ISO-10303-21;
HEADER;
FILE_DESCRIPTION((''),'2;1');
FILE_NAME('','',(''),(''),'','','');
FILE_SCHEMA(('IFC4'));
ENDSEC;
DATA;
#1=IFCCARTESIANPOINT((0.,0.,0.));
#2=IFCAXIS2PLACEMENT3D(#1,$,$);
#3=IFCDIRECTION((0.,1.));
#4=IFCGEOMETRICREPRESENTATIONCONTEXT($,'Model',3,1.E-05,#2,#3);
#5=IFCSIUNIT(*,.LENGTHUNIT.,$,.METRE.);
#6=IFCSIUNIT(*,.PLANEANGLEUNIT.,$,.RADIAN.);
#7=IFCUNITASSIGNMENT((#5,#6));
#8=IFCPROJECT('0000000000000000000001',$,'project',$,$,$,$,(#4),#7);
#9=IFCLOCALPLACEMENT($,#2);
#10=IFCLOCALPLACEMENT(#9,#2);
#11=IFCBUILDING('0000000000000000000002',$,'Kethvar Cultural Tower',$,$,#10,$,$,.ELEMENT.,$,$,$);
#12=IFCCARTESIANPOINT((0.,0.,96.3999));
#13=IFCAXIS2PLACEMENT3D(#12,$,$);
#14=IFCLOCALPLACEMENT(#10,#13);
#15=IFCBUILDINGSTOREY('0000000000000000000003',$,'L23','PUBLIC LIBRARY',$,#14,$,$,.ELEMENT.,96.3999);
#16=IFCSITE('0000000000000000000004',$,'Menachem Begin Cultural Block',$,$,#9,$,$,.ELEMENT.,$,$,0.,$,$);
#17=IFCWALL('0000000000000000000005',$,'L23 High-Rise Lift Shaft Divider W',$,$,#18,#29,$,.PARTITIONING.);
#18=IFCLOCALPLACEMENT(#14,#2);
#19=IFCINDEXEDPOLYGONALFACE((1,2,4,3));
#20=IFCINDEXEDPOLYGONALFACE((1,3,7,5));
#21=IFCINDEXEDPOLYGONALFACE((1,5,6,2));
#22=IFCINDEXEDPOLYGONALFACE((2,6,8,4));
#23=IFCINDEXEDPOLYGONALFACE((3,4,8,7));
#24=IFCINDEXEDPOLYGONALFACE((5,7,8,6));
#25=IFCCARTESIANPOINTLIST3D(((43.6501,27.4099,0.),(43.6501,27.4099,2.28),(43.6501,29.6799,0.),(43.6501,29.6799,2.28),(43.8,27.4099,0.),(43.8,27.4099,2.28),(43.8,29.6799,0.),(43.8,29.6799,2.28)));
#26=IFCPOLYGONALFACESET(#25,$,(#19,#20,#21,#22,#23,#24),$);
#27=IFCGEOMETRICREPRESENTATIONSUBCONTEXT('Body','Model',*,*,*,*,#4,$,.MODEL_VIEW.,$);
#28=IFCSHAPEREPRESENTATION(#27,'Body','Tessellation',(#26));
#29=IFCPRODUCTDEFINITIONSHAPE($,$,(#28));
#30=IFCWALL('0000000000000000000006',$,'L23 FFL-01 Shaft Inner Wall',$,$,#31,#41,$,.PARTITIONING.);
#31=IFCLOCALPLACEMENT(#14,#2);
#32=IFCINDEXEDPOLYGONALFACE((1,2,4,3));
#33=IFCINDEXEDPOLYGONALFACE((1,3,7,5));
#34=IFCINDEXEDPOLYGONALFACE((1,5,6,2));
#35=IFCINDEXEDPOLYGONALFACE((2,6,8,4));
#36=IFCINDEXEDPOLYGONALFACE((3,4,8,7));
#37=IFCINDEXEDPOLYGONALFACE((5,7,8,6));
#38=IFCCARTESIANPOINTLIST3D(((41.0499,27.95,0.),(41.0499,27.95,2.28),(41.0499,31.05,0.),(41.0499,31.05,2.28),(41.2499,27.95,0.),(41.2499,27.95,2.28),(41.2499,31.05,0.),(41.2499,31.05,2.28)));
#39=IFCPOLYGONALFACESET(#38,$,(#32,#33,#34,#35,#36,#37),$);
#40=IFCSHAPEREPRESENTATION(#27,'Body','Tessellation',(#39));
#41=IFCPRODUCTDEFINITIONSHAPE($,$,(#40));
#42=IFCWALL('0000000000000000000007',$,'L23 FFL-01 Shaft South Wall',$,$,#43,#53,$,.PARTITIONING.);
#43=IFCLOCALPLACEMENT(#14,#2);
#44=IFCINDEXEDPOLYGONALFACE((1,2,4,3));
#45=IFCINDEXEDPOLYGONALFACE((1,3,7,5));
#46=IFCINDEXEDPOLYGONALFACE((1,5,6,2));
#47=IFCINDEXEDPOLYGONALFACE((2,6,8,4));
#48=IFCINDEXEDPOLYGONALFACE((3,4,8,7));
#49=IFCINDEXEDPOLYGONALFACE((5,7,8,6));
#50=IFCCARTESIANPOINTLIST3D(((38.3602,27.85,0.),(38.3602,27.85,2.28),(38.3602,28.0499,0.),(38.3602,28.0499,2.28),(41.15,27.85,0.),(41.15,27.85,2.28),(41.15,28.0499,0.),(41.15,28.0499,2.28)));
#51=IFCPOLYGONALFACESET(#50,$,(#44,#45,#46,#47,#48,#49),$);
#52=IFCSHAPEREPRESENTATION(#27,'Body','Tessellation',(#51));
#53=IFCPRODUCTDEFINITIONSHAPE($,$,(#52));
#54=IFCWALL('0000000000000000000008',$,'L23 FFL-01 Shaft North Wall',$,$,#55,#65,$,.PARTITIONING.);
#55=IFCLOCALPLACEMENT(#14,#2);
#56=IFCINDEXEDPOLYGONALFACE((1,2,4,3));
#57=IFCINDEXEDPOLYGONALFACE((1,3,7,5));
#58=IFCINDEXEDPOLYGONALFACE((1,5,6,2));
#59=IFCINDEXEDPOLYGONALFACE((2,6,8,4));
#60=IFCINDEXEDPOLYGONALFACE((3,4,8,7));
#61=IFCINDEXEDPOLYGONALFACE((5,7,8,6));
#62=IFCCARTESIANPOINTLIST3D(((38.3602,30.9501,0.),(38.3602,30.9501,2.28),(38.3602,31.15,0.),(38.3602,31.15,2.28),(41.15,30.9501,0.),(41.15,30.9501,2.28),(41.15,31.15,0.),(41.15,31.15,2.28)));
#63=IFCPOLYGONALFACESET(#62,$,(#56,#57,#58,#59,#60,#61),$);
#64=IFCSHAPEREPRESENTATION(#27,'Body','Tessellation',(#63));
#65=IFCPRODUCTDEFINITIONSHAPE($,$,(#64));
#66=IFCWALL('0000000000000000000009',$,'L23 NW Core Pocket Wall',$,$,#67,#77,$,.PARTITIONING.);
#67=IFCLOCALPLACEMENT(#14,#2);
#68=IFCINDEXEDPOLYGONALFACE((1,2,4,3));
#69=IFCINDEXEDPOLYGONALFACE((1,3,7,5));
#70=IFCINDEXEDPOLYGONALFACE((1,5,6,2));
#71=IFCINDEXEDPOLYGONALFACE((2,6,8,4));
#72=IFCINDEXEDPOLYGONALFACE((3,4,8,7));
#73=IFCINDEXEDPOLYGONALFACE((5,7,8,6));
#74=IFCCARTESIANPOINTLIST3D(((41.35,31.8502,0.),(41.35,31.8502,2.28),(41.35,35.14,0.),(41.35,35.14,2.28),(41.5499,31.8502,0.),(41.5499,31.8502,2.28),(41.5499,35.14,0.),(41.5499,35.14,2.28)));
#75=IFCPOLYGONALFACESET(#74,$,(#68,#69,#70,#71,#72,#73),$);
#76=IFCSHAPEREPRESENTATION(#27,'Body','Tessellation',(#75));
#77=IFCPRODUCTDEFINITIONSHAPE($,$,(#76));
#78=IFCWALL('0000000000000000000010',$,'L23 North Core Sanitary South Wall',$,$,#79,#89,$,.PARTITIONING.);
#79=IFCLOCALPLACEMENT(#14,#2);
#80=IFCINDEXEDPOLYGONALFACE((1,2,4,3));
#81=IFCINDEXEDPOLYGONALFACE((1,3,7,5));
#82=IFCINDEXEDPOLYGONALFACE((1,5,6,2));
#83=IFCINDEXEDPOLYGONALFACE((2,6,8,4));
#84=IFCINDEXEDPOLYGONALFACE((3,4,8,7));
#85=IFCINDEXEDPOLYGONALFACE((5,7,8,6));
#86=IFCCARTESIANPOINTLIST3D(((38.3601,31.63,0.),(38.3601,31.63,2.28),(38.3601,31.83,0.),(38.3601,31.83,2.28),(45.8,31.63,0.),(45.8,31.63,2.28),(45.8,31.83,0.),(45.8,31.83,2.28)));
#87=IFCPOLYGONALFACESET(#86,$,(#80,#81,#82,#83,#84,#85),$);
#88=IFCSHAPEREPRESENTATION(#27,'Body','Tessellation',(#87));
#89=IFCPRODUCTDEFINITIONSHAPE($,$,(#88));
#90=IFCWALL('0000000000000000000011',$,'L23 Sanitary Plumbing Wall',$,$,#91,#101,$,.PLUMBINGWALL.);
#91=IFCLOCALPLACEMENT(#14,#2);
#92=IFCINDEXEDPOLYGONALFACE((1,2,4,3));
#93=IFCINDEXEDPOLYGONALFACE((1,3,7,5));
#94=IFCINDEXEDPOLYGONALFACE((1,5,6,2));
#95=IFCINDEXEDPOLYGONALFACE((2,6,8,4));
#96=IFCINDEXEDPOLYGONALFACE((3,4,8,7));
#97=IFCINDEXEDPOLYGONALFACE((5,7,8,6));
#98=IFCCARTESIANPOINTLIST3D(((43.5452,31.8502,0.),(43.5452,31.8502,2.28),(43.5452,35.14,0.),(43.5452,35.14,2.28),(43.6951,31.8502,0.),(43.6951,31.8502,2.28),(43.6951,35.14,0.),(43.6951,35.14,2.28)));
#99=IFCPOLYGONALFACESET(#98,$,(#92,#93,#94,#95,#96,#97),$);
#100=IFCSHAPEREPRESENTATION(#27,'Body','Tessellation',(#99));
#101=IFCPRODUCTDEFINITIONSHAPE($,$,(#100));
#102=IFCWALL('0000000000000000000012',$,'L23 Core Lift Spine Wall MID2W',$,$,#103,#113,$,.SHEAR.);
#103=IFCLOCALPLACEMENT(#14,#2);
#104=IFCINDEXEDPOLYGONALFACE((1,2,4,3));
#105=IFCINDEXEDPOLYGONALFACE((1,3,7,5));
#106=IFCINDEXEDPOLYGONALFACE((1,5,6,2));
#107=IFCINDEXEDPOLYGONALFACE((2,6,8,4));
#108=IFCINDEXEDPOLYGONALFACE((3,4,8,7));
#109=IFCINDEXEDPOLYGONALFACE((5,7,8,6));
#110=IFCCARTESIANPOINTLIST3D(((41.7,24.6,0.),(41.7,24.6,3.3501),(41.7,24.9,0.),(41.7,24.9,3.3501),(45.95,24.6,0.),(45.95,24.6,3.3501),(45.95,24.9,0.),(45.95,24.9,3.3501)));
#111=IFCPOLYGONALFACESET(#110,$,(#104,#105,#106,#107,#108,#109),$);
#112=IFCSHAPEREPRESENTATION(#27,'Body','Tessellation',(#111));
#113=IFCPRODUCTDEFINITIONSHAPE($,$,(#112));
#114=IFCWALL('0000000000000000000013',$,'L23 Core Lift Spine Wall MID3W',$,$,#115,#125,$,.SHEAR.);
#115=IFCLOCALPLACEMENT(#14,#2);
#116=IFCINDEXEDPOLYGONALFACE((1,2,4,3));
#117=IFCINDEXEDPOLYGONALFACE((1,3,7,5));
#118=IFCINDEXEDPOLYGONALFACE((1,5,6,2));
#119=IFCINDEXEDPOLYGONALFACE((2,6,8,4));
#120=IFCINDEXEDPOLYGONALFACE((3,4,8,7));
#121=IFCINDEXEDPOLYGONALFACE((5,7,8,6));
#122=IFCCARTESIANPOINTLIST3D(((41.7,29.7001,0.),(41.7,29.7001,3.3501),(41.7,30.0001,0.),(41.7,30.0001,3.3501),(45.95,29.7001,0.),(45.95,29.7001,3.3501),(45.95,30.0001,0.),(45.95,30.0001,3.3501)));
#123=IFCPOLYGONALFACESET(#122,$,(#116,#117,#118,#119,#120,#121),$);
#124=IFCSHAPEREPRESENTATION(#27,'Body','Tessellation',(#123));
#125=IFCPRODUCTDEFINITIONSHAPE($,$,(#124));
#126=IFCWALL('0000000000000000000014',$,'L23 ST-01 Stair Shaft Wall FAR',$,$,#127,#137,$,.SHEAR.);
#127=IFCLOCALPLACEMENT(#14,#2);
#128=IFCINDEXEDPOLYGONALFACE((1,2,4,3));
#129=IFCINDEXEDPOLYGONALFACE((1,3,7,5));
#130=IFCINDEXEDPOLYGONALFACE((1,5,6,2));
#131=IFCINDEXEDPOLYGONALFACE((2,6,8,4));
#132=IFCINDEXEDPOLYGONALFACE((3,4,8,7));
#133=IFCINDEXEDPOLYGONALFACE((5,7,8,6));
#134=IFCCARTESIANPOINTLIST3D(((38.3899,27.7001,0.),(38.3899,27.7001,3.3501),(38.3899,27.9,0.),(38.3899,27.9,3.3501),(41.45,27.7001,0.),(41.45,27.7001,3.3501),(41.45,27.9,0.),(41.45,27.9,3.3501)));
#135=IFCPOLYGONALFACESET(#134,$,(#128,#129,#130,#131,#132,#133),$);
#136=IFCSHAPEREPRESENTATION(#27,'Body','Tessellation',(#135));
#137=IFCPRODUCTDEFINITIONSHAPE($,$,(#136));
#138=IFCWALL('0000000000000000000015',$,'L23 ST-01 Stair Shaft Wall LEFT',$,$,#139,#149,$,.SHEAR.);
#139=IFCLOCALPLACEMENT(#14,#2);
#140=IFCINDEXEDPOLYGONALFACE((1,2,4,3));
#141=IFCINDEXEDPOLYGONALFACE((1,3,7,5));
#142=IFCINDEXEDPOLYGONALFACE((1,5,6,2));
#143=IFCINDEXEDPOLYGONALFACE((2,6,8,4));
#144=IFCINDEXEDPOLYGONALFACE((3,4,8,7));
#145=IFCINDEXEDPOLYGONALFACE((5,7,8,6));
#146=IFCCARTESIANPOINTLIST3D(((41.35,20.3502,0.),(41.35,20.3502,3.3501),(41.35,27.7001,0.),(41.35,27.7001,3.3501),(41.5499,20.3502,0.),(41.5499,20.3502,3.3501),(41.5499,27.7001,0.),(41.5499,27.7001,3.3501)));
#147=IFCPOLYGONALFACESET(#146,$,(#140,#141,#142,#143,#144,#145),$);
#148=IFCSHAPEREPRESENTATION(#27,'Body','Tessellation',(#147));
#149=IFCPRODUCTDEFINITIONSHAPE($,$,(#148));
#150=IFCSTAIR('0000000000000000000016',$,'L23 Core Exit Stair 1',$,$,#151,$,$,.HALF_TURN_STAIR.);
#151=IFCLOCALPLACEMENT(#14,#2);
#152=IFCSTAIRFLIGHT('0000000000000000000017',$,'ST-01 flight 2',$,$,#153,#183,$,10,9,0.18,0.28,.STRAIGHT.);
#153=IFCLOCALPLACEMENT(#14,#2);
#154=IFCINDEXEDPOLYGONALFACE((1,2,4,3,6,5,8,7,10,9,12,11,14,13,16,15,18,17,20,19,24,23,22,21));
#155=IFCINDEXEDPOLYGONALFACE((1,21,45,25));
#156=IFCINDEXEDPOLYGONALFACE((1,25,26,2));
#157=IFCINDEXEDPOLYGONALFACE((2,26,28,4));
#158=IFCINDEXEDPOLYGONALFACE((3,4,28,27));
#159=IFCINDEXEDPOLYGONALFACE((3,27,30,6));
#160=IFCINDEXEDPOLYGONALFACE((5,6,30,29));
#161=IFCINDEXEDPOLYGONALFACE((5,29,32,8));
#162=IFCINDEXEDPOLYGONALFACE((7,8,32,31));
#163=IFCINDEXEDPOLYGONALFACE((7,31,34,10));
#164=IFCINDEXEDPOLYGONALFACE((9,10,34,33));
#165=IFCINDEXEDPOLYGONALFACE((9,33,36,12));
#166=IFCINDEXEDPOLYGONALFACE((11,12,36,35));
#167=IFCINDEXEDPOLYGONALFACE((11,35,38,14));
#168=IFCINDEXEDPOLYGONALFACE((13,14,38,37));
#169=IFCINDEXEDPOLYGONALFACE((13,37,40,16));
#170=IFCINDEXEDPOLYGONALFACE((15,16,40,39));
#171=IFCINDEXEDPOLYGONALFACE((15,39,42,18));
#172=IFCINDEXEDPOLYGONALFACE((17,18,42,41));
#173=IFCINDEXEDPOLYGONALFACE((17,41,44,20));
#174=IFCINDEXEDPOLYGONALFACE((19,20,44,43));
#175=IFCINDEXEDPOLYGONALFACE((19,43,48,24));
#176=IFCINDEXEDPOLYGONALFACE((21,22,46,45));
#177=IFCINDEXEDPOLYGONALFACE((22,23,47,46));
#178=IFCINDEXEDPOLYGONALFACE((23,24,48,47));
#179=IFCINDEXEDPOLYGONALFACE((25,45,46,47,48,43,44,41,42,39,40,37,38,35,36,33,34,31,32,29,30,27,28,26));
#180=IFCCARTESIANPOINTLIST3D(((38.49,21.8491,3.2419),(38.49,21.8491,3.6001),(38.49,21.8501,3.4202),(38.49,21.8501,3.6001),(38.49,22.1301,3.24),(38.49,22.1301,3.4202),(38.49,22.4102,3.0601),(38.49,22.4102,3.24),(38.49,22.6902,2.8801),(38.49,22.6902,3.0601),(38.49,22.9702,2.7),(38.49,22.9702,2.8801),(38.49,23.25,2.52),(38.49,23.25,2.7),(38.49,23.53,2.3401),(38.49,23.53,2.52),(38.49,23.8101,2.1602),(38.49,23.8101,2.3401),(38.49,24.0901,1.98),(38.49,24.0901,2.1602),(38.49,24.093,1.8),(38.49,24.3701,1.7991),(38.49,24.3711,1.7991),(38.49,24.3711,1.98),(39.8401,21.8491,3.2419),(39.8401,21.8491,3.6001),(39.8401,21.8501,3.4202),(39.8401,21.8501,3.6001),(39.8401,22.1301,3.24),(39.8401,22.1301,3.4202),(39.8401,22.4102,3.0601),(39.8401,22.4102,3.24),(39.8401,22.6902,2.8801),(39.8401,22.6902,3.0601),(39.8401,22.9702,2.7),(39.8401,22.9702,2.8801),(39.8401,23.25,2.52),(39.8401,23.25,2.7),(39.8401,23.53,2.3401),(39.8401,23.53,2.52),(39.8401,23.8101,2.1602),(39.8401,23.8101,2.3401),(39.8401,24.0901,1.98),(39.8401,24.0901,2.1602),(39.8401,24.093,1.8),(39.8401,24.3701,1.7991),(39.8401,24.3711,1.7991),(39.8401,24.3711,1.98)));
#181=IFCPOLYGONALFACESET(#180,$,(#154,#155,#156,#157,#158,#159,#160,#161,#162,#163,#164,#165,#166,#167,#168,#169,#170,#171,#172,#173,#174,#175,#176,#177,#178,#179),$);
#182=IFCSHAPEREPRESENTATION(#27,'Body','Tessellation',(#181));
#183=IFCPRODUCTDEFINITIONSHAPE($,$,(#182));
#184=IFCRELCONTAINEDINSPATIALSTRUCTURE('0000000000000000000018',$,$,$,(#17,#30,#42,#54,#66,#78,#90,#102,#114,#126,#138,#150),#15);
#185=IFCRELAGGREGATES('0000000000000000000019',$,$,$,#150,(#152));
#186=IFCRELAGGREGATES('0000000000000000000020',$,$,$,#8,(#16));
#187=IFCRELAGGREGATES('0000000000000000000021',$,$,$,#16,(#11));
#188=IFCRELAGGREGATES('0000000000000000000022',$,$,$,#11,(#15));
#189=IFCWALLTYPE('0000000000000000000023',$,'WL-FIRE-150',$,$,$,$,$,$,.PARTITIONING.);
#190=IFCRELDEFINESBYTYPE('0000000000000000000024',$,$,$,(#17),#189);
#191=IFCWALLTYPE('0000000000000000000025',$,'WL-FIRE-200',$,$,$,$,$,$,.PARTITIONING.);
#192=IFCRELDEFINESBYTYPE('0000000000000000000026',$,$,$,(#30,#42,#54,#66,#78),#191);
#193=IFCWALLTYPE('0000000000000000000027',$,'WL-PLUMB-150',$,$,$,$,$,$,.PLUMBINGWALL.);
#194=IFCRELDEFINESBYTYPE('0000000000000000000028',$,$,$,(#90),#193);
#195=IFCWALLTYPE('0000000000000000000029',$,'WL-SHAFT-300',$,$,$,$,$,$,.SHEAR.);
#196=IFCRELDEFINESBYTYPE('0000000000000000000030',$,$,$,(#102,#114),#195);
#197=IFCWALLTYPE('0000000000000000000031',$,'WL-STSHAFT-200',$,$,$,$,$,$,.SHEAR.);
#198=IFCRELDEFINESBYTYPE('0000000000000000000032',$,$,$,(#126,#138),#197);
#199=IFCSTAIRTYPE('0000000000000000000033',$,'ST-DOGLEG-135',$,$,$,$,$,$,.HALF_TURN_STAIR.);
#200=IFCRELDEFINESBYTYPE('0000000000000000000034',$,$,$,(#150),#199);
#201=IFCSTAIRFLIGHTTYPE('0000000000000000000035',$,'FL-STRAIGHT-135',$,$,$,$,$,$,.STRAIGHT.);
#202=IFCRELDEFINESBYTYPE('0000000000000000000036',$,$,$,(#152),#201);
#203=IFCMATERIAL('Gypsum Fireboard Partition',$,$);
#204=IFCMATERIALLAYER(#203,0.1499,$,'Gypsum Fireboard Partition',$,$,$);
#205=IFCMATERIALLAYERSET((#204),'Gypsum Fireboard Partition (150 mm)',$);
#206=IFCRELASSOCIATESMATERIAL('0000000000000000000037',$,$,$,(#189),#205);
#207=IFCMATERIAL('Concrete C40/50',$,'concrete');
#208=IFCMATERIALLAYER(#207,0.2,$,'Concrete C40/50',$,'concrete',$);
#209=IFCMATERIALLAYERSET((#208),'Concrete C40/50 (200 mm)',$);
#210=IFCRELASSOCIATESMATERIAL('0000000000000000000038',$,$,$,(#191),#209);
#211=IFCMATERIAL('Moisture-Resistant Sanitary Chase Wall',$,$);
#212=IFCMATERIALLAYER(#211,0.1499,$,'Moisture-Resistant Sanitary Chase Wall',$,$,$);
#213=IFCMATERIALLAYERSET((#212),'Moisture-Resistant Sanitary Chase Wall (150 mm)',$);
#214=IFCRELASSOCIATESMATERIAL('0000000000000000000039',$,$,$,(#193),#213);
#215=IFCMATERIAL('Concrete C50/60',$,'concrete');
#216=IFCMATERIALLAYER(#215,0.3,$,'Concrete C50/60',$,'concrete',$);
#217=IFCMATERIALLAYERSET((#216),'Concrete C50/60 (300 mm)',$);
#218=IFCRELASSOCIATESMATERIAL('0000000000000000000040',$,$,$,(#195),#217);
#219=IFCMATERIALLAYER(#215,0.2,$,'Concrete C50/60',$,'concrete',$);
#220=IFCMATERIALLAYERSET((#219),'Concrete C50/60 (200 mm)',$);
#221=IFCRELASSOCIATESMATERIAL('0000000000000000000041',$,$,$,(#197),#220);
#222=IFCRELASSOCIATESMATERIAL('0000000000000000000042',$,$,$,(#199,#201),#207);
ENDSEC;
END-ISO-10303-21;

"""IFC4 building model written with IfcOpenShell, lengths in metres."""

from ifc_helpers import new_model, si_unit, direction, frame, frame_2d, origin, place, context, subcontext, project, spatial, polyline, rectangle, outline, extrude, material, layer, layer_set, type_object, element, aggregate, save


model = new_model("IFC4")

# Units and contexts
model_context = context("Model", 3, precision=1e-05, world=origin(), true_north=direction((0.0, 1.0)))
body_context = subcontext(model_context, "Body", "Model", "MODEL_VIEW")
ifc_project = project(units=[si_unit("LENGTHUNIT", "METRE"), si_unit("PLANEANGLEUNIT", "RADIAN")], contexts=[model_context])

# Site, building, storey
site_placement = place(None, origin())
site = spatial("IfcSite", under=ifc_project, at=site_placement, Name="Menachem Begin Cultural Block", CompositionType="ELEMENT", RefElevation=0.0)
building_placement = place(site_placement, origin())
building = spatial("IfcBuilding", under=site, at=building_placement, Name="Kethvar Cultural Tower", CompositionType="ELEMENT")
storey_placement = place(building_placement, frame((0.0, 0.0, 96.3999)))
storey = spatial("IfcBuildingStorey", under=building, at=storey_placement, Name="L23", Description="PUBLIC LIBRARY", CompositionType="ELEMENT", Elevation=96.3999)

# Walls
ifc_material_1 = material(Name="Gypsum Fireboard Partition")
ifc_layer_1 = layer(ifc_material_1, 0.1499, Name="Gypsum Fireboard Partition")
ifc_layer_set_1 = layer_set([ifc_layer_1], Name="Gypsum Fireboard Partition (150 mm)")
wall_type_1 = type_object("IfcWallType", Name="WL-FIRE-150", PredefinedType="PARTITIONING", material=ifc_layer_set_1)
for number, where, z_axis, x_axis, name in (
    (1, (43.7251, 27.4099, 0.0), (0.0, 0.0, 1.0), (0.0, 1.0, 0.0), "L23 High-Rise Lift Shaft Divider W"),
):
    element("IfcWall", number, at=place(storey_placement, frame(where, z_axis=z_axis, x_axis=x_axis)), inside=storey, type_object=wall_type_1, Name=name, PredefinedType="PARTITIONING", context=body_context, shape_type="SweptSolid", body=[
        extrude(rectangle(XDim=2.27, YDim=0.1499, at=frame_2d((1.135, 0.0))), origin(), (0.0, 0.0, 1.0), 2.28),
    ])
ifc_material_2 = material(Name="Concrete C40/50", Category="concrete")
ifc_layer_2 = layer(ifc_material_2, 0.2, Name="Concrete C40/50", Category="concrete")
ifc_layer_set_2 = layer_set([ifc_layer_2], Name="Concrete C40/50 (200 mm)")
wall_type_2 = type_object("IfcWallType", Name="WL-FIRE-200", PredefinedType="PARTITIONING", material=ifc_layer_set_2)
wall_1_placement = place(storey_placement, frame((41.1499, 27.95, 0.0), z_axis=(0.0, 0.0, 1.0), x_axis=(0.0, 1.0, 0.0)))
element("IfcWall", 2, at=wall_1_placement, inside=storey, type_object=wall_type_2, Name="L23 FFL-01 Shaft Inner Wall", PredefinedType="PARTITIONING", context=body_context, shape_type="SweptSolid", body=[
    extrude(rectangle(XDim=3.1001, YDim=0.2, at=frame_2d((1.55, 0.0))), origin(), (0.0, 0.0, 1.0), 2.28),
])
for number, where, z_axis, x_axis, name in (
    (3, (38.3601, 27.95, 0.0), (0.0, 0.0, 1.0), (1.0, 0.0, 0.0), "L23 FFL-01 Shaft South Wall"),
    (4, (38.3601, 31.05, 0.0), (0.0, 0.0, 1.0), (1.0, 0.0, 0.0), "L23 FFL-01 Shaft North Wall"),
):
    element("IfcWall", number, at=place(storey_placement, frame(where, z_axis=z_axis, x_axis=x_axis)), inside=storey, type_object=wall_type_2, Name=name, PredefinedType="PARTITIONING", context=body_context, shape_type="SweptSolid", body=[
        extrude(rectangle(XDim=2.7898, YDim=0.2, at=frame_2d((1.395, 0.0))), origin(), (0.0, 0.0, 1.0), 2.28),
    ])
wall_2_placement = place(storey_placement, frame((41.45, 31.8501, 0.0), z_axis=(0.0, 0.0, 1.0), x_axis=(0.0, 1.0, 0.0)))
element("IfcWall", 5, at=wall_2_placement, inside=storey, type_object=wall_type_2, Name="L23 NW Core Pocket Wall", PredefinedType="PARTITIONING", context=body_context, shape_type="SweptSolid", body=[
    extrude(rectangle(XDim=3.2898, YDim=0.2, at=frame_2d((1.645, 0.0))), origin(), (0.0, 0.0, 1.0), 2.28),
])
wall_3_placement = place(storey_placement, frame((38.3601, 31.73, 0.0), z_axis=(0.0, 0.0, 1.0), x_axis=(1.0, 0.0, 0.0)))
element("IfcWall", 6, at=wall_3_placement, inside=storey, type_object=wall_type_2, Name="L23 North Core Sanitary South Wall", PredefinedType="PARTITIONING", context=body_context, shape_type="SweptSolid", body=[
    extrude(rectangle(XDim=7.4399, YDim=0.2, at=frame_2d((3.72, 0.0))), origin(), (0.0, 0.0, 1.0), 2.28),
])
ifc_material_3 = material(Name="Moisture-Resistant Sanitary Chase Wall")
ifc_layer_3 = layer(ifc_material_3, 0.1499, Name="Moisture-Resistant Sanitary Chase Wall")
ifc_layer_set_3 = layer_set([ifc_layer_3], Name="Moisture-Resistant Sanitary Chase Wall (150 mm)")
wall_type_3 = type_object("IfcWallType", Name="WL-PLUMB-150", PredefinedType="PLUMBINGWALL", material=ifc_layer_set_3)
wall_4_placement = place(storey_placement, frame((43.6201, 31.8501, 0.0), z_axis=(0.0, 0.0, 1.0), x_axis=(0.0, 1.0, 0.0)))
element("IfcWall", 7, at=wall_4_placement, inside=storey, type_object=wall_type_3, Name="L23 Sanitary Plumbing Wall", PredefinedType="PLUMBINGWALL", context=body_context, shape_type="SweptSolid", body=[
    extrude(rectangle(XDim=3.2898, YDim=0.1499, at=frame_2d((1.645, 0.0))), origin(), (0.0, 0.0, 1.0), 2.28),
])
ifc_material_4 = material(Name="Concrete C50/60", Category="concrete")
ifc_layer_4 = layer(ifc_material_4, 0.3, Name="Concrete C50/60", Category="concrete")
ifc_layer_set_4 = layer_set([ifc_layer_4], Name="Concrete C50/60 (300 mm)")
wall_type_4 = type_object("IfcWallType", Name="WL-SHAFT-300", PredefinedType="SHEAR", material=ifc_layer_set_4)
for number, where, z_axis, x_axis, name in (
    (8, (41.7, 24.75, 0.0), (0.0, 0.0, 1.0), (1.0, 0.0, 0.0), "L23 Core Lift Spine Wall MID2W"),
    (9, (41.7, 29.8501, 0.0), (0.0, 0.0, 1.0), (1.0, 0.0, 0.0), "L23 Core Lift Spine Wall MID3W"),
):
    element("IfcWall", number, at=place(storey_placement, frame(where, z_axis=z_axis, x_axis=x_axis)), inside=storey, type_object=wall_type_4, Name=name, PredefinedType="SHEAR", context=body_context, shape_type="SweptSolid", body=[
        extrude(rectangle(XDim=4.25, YDim=0.3, at=frame_2d((2.125, 0.0))), origin(), (0.0, 0.0, 1.0), 3.3501),
    ])
ifc_layer_5 = layer(ifc_material_4, 0.2, Name="Concrete C50/60", Category="concrete")
ifc_layer_set_5 = layer_set([ifc_layer_5], Name="Concrete C50/60 (200 mm)")
wall_type_5 = type_object("IfcWallType", Name="WL-STSHAFT-200", PredefinedType="SHEAR", material=ifc_layer_set_5)
wall_5_placement = place(storey_placement, frame((38.3899, 27.8, 0.0), z_axis=(0.0, 0.0, 1.0), x_axis=(1.0, 0.0, 0.0)))
element("IfcWall", 10, at=wall_5_placement, inside=storey, type_object=wall_type_5, Name="L23 ST-01 Stair Shaft Wall FAR", PredefinedType="SHEAR", context=body_context, shape_type="SweptSolid", body=[
    extrude(rectangle(XDim=3.0601, YDim=0.2, at=frame_2d((1.53, 0.0))), origin(), (0.0, 0.0, 1.0), 3.3501),
])
wall_6_placement = place(storey_placement, frame((41.45, 27.7, 0.0), z_axis=(0.0, 0.0, 1.0), x_axis=(0.0, -1.0, 0.0)))
element("IfcWall", 11, at=wall_6_placement, inside=storey, type_object=wall_type_5, Name="L23 ST-01 Stair Shaft Wall LEFT", PredefinedType="SHEAR", context=body_context, shape_type="SweptSolid", body=[
    extrude(rectangle(XDim=7.3499, YDim=0.2, at=frame_2d((3.6748, 0.0))), origin(), (0.0, 0.0, 1.0), 3.3501),
])

# Stair, stair flight
stair_type = type_object("IfcStairType", Name="ST-DOGLEG-135", PredefinedType="HALF_TURN_STAIR", material=ifc_material_2)
stair_placement = place(storey_placement, origin())
stair = element("IfcStair", 12, at=stair_placement, inside=storey, type_object=stair_type, Name="L23 Core Exit Stair 1", PredefinedType="HALF_TURN_STAIR")
stair_flight_type = type_object("IfcStairFlightType", Name="FL-STRAIGHT-135", PredefinedType="STRAIGHT", material=ifc_material_2)
stair_flight_placement = place(storey_placement, frame((39.165, 24.3701, 1.8), z_axis=(0.0, 0.0, 1.0), x_axis=(0.0, -1.0, 0.0)))
stair_flight = element("IfcStairFlight", 13, at=stair_flight_placement, type_object=stair_flight_type, Name="ST-01 flight 2", NumberOfRisers=10, NumberOfTreads=9, PredefinedType="STRAIGHT", RiserHeight=0.18, TreadLength=0.28, context=body_context, shape_type="SweptSolid", body=[
    extrude(outline(polyline([(-0.001, -0.001), (-0.001, 0.1799), (0.28, 0.1799), (0.28, 0.3601), (0.5601, 0.3601), (0.5601, 0.54), (0.8401, 0.54), (0.8401, 0.72), (1.1201, 0.72), (1.1201, 0.8999), (1.3999, 0.8999), (1.3999, 1.0801), (1.6799, 1.0801), (1.6799, 1.26), (1.96, 1.26), (1.96, 1.4399), (2.24, 1.4399), (2.24, 1.6201), (2.52, 1.6201), (2.52, 1.8), (2.521, 1.8), (2.521, 1.4419), (0.2771, 0.0), (0.0, -0.001), (-0.001, -0.001)])), frame((0.0, 0.675, 0.0), z_axis=(0.0, -1.0, 0.0), x_axis=(1.0, 0.0, 0.0)), (0.0, 0.0, 1.0), 1.3501),
])
aggregate(stair, [stair_flight])

save(model, "model.ifc")
